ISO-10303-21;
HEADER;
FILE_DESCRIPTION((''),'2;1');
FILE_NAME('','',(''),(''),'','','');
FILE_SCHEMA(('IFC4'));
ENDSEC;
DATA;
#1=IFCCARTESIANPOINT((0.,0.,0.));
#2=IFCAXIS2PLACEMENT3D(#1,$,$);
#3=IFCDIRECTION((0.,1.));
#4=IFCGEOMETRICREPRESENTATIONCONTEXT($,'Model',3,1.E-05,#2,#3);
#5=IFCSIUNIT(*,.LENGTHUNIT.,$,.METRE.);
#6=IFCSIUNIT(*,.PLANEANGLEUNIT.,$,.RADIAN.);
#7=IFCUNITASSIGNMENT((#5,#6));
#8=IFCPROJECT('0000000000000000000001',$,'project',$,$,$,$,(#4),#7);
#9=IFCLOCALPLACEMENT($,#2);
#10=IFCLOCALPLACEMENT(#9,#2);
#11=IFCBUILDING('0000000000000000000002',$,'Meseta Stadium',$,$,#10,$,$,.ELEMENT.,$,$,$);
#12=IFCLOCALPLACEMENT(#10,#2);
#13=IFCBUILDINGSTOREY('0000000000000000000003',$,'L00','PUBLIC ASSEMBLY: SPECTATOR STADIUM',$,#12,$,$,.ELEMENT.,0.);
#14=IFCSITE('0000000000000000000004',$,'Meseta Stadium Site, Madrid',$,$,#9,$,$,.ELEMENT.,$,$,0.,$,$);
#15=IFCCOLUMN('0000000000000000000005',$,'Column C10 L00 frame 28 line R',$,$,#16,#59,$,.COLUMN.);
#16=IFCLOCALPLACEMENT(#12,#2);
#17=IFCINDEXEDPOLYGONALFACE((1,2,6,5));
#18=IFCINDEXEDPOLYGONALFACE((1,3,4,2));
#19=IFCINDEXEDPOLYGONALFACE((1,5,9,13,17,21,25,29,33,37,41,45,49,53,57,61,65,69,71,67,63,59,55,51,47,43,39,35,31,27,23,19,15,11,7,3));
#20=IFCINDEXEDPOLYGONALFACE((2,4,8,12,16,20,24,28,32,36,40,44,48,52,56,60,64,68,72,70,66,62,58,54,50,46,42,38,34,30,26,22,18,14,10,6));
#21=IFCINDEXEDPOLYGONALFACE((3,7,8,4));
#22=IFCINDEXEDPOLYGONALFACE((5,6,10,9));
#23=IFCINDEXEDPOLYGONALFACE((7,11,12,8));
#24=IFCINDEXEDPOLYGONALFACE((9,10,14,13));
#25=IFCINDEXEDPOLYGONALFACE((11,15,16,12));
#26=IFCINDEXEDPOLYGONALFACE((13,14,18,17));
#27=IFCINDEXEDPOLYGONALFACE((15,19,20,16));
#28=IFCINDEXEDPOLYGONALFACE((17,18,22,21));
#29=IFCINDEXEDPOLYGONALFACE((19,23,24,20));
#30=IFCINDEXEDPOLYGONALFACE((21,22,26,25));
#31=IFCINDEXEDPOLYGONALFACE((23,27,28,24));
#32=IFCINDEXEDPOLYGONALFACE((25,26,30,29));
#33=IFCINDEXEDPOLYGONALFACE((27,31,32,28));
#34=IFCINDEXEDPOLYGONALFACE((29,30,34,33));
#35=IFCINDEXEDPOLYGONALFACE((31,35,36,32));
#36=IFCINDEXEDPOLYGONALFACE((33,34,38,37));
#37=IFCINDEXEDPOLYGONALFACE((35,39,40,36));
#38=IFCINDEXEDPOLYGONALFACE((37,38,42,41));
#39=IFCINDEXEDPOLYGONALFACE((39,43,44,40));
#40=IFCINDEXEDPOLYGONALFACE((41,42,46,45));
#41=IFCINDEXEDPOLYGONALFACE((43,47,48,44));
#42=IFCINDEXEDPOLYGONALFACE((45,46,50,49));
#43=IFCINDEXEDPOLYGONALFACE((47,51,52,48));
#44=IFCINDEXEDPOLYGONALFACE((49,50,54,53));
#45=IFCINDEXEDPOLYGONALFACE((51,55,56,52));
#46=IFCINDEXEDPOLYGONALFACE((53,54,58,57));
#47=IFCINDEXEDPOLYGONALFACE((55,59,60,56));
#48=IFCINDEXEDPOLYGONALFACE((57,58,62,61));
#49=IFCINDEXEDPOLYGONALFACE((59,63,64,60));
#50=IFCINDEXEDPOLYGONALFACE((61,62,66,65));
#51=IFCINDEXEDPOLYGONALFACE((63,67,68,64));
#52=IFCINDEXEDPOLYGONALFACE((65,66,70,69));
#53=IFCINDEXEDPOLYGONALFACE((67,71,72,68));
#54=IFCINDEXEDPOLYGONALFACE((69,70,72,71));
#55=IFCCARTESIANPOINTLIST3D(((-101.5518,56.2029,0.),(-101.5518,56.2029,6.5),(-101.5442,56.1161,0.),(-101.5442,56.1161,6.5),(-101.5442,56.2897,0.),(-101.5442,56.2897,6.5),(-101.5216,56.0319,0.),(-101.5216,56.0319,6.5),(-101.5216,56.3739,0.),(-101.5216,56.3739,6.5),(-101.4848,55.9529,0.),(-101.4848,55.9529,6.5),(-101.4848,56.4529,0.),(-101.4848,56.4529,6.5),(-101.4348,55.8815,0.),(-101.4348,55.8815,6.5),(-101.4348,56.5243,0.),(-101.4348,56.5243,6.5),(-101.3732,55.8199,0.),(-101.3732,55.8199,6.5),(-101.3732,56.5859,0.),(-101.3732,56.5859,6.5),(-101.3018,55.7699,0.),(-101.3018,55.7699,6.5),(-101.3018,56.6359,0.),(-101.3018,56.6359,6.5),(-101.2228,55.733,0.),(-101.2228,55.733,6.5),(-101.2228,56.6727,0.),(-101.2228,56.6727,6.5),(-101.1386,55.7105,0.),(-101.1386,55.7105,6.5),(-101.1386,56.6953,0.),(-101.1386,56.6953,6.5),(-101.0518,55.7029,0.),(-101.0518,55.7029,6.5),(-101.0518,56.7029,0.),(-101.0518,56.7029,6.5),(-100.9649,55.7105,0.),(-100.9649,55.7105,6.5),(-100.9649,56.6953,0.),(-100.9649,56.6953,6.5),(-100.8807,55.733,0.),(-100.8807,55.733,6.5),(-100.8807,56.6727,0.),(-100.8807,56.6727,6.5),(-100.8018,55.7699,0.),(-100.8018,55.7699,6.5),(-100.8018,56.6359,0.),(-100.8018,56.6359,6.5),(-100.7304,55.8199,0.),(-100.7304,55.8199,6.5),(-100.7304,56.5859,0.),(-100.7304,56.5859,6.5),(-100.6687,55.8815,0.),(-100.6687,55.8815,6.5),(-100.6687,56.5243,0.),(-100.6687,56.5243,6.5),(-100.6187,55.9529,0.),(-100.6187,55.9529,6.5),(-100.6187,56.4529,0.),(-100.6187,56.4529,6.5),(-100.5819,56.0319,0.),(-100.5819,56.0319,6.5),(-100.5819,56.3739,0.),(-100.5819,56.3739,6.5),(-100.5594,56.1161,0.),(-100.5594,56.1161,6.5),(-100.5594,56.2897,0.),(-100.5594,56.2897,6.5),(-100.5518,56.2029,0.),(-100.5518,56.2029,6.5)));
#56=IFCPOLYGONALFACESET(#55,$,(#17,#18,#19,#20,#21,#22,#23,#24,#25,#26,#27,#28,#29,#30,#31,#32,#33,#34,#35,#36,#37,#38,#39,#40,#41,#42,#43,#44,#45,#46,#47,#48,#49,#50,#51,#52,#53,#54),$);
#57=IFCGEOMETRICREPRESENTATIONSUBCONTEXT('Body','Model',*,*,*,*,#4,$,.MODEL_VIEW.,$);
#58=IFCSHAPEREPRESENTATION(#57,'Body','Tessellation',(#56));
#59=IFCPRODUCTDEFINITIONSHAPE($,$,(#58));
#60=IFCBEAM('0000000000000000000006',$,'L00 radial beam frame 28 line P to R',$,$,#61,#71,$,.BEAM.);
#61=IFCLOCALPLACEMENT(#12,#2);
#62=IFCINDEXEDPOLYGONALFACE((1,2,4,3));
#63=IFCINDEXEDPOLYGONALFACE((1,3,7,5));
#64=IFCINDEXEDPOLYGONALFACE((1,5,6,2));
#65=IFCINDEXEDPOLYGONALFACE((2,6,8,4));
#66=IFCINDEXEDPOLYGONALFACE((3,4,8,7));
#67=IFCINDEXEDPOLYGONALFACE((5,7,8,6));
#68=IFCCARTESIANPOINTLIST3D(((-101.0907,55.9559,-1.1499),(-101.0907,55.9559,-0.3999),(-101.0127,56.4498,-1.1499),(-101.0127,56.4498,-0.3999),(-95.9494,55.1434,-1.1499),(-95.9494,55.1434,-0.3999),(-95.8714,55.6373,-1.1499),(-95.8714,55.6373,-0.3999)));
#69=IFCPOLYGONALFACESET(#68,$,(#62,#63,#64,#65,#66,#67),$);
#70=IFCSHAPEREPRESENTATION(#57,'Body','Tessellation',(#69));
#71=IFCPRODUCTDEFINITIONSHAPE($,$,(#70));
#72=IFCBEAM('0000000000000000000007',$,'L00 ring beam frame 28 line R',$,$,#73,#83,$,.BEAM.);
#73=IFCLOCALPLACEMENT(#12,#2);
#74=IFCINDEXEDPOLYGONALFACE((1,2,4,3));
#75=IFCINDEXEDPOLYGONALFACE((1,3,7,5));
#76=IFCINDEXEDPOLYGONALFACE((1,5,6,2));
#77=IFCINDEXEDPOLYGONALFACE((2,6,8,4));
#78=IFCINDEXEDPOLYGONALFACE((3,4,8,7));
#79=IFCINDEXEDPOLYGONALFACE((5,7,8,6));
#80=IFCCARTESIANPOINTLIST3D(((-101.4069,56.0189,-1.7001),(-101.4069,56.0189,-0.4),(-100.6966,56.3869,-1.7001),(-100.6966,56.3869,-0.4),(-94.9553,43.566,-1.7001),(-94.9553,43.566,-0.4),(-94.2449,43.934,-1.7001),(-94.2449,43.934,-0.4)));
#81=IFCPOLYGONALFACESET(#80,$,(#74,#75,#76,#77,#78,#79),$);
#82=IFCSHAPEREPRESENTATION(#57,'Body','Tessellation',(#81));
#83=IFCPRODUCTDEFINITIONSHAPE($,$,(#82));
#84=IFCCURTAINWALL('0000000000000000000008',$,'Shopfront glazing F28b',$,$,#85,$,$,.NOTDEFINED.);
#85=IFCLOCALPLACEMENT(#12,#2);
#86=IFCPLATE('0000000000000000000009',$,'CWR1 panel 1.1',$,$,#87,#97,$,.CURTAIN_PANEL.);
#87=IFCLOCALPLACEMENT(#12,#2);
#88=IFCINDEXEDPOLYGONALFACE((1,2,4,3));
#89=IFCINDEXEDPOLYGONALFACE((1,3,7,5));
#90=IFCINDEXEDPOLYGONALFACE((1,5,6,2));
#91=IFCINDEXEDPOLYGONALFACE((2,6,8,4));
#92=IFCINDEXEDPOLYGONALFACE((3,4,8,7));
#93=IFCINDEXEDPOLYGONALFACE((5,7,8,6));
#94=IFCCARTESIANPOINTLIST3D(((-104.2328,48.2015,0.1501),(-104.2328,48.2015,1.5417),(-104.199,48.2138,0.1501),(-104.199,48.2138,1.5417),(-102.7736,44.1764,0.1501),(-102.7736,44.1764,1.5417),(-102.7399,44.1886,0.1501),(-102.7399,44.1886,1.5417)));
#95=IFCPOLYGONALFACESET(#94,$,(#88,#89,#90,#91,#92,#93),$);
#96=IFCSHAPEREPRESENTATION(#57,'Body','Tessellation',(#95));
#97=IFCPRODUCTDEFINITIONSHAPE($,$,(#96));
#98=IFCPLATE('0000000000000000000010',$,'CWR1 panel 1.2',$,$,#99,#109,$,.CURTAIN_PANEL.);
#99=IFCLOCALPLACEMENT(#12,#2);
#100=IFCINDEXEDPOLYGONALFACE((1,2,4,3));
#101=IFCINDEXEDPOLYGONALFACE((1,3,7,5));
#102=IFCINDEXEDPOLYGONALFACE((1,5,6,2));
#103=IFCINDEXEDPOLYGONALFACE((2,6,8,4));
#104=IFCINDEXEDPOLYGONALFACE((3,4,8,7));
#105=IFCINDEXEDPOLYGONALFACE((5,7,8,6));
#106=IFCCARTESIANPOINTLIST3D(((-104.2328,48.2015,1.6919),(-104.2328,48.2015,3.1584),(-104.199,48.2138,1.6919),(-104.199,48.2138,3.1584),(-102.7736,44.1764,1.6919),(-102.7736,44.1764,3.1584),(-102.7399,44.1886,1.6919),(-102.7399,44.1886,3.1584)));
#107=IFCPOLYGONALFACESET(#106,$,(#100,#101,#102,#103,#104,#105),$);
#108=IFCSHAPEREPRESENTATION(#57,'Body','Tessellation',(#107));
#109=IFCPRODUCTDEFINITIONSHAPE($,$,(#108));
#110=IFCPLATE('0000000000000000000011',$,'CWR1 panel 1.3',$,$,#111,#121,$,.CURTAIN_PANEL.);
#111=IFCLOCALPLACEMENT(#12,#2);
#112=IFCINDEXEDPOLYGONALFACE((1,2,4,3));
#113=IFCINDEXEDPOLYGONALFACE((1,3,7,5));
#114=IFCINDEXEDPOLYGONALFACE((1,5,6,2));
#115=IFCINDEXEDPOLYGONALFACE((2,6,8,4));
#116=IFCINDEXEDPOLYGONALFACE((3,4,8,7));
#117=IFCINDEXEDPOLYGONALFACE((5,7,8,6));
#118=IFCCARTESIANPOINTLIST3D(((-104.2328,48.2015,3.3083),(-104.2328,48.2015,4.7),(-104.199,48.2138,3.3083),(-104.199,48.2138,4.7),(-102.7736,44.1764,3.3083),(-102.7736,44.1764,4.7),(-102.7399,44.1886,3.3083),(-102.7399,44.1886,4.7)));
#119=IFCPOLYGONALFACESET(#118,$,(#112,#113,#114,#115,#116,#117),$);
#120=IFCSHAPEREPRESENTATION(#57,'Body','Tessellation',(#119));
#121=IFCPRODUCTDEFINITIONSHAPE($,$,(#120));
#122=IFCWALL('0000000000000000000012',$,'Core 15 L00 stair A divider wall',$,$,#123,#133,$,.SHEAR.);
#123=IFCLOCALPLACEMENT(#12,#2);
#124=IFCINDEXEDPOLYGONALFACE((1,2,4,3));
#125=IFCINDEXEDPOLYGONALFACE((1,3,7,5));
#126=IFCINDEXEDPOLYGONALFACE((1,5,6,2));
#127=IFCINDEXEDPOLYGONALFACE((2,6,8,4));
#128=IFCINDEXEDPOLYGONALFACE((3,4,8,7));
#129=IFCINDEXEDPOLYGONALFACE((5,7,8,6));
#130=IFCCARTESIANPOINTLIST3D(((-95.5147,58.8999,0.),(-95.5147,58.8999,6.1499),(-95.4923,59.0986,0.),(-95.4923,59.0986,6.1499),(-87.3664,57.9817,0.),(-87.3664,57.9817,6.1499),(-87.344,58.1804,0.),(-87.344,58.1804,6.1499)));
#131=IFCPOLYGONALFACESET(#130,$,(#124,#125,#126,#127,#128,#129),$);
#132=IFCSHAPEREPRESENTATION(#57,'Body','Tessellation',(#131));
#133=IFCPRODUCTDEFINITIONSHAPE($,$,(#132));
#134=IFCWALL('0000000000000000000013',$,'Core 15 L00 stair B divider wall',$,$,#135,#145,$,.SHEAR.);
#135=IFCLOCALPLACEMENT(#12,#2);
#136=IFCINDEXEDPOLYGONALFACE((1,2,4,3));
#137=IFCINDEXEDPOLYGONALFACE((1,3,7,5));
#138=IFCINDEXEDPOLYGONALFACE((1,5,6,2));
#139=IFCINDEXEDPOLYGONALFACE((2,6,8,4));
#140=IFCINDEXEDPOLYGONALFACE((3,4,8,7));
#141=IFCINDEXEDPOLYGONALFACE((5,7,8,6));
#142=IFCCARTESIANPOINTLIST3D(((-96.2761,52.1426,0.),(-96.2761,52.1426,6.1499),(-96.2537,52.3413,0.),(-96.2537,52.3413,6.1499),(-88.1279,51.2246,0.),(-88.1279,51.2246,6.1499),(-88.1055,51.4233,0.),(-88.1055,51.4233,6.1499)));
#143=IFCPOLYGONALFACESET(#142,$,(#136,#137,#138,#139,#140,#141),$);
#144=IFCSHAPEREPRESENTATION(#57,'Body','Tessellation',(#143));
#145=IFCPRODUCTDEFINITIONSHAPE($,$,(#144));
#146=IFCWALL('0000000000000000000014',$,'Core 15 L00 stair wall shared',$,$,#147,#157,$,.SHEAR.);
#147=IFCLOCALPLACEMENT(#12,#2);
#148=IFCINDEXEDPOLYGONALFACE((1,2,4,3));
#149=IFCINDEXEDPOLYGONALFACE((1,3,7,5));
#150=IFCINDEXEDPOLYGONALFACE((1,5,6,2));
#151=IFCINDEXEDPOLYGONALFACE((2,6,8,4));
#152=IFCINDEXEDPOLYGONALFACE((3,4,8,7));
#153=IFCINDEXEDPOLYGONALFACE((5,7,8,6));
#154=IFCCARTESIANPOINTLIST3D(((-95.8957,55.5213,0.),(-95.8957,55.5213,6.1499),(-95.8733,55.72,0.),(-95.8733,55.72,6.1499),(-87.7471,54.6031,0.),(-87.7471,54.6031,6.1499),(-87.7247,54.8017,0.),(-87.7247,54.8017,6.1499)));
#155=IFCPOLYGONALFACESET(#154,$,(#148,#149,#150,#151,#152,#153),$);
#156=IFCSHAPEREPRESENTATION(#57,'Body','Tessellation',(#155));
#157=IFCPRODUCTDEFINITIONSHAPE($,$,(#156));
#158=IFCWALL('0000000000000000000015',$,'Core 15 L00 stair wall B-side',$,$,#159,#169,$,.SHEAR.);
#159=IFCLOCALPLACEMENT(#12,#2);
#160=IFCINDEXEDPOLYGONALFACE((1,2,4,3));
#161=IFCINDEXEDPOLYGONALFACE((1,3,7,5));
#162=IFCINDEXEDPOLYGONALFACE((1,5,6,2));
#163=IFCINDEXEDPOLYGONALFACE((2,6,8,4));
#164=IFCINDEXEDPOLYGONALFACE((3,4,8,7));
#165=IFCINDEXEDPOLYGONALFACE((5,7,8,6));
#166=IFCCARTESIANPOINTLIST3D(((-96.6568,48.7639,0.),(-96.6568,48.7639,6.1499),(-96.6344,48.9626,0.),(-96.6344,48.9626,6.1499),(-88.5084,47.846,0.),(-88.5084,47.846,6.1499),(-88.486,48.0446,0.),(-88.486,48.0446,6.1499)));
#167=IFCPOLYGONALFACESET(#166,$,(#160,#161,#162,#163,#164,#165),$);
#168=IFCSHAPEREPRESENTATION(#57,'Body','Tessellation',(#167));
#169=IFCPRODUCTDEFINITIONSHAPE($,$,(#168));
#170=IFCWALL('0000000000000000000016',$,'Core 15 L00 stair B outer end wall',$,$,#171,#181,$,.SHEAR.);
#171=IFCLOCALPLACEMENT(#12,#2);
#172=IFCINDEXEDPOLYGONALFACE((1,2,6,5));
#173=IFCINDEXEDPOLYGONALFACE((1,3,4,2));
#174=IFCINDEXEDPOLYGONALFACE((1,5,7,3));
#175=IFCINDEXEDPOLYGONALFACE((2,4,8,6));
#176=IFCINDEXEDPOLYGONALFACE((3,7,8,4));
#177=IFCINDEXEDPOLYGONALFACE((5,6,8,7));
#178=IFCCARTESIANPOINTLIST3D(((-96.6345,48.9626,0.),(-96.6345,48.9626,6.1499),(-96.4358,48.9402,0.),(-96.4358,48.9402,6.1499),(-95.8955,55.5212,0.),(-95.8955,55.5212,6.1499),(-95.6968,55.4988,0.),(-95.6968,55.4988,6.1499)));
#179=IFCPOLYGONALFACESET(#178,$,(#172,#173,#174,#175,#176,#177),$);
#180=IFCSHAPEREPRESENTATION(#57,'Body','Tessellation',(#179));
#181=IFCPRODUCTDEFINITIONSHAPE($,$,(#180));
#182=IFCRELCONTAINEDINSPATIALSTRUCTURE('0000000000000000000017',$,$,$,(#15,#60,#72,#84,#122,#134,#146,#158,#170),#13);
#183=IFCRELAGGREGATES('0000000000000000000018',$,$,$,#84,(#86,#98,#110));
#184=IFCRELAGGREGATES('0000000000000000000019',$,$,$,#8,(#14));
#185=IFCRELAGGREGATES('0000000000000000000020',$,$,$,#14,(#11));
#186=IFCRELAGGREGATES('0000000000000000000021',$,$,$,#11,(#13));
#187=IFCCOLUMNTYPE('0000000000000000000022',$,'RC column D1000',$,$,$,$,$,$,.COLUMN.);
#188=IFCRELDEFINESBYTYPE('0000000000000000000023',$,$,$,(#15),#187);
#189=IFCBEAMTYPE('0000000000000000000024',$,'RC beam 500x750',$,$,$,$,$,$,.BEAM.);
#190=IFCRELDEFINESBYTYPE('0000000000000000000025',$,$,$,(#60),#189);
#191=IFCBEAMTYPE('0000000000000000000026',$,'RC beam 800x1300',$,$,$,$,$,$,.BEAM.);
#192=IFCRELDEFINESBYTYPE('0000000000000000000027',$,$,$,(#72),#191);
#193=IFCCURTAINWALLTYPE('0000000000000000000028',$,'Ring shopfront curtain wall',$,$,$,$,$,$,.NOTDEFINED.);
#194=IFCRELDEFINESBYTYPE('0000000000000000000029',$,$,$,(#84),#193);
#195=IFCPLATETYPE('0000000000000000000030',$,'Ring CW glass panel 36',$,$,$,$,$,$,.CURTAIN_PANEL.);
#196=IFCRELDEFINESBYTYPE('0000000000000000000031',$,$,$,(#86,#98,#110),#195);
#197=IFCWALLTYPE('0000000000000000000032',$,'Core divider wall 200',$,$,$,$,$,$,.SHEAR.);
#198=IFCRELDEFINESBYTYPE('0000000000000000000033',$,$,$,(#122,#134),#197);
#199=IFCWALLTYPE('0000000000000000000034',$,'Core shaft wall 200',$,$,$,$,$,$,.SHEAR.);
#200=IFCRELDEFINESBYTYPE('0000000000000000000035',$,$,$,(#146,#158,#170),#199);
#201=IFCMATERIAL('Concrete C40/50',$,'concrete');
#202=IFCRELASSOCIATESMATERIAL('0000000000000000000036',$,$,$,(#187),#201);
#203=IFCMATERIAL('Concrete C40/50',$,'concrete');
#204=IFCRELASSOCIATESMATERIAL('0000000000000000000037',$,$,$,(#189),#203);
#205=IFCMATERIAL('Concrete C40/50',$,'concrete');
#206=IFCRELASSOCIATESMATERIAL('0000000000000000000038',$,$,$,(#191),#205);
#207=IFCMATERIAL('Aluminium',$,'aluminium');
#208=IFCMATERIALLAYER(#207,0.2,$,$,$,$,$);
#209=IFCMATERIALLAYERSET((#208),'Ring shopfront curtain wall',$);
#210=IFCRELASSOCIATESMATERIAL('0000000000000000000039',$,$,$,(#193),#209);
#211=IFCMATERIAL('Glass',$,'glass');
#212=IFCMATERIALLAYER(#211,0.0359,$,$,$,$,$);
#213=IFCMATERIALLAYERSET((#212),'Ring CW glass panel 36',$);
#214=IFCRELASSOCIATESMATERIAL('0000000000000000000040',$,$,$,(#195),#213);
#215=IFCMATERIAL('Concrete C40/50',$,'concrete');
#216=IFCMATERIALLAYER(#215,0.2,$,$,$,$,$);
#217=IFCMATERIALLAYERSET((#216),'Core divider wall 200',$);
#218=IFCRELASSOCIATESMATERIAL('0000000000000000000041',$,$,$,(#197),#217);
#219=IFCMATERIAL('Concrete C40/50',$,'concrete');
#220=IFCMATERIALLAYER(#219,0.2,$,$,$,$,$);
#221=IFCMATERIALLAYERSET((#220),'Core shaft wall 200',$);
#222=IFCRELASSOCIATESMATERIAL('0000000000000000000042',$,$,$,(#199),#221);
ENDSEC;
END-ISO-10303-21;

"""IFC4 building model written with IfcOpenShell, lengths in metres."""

from ifc_helpers import new_model, si_unit, direction, frame, frame_2d, origin, origin_2d, place, context, subcontext, project, spatial, rectangle, circle, extrude, material, layer, layer_set, material_profile, profile_set, type_object, element, aggregate, save


model = new_model("IFC4")

# Units and contexts
model_context = context("Model", 3, precision=1e-05, world=origin(), true_north=direction((0.0, 1.0)))
body_context = subcontext(model_context, "Body", "Model", "MODEL_VIEW")
ifc_project = project(units=[si_unit("LENGTHUNIT", "METRE"), si_unit("PLANEANGLEUNIT", "RADIAN")], contexts=[model_context])

# Site, building, storey
site_placement = place(None, origin())
site = spatial("IfcSite", under=ifc_project, at=site_placement, Name="Meseta Stadium Site, Madrid", CompositionType="ELEMENT", RefElevation=0.0)
building_placement = place(site_placement, origin())
building = spatial("IfcBuilding", under=site, at=building_placement, Name="Meseta Stadium", CompositionType="ELEMENT")
storey_placement = place(building_placement, origin())
storey = spatial("IfcBuildingStorey", under=building, at=storey_placement, Name="L00", Description="PUBLIC ASSEMBLY: SPECTATOR STADIUM", CompositionType="ELEMENT", Elevation=0.0)

# Column
ifc_material_1 = material(Name="Concrete C40/50", Category="concrete")
ifc_material_profile_1 = material_profile(ifc_material_1, circle(Radius=0.5, at=origin_2d()), Name="RC D1000")
ifc_profile_set_1 = profile_set([ifc_material_profile_1], Name="Concrete C40/50")
column_type = type_object("IfcColumnType", Name="RC column D1000", PredefinedType="COLUMN", material=ifc_profile_set_1)
column_placement = place(storey_placement, frame((-101.0518, 56.2029, 0.0), z_axis=(0.0, 0.0, 1.0), x_axis=(1.0, 0.0, 0.0)))
element("IfcColumn", 1, at=column_placement, inside=storey, type_object=column_type, Name="Column C10 L00 frame 28 line R", PredefinedType="COLUMN", context=body_context, shape_type="SweptSolid", body=[
    extrude(circle(Radius=0.5, at=origin_2d()), origin(), (0.0, 0.0, 1.0), 6.5),
])

# Beams
ifc_material_2 = material(Name="Concrete C40/50", Category="concrete")
ifc_material_profile_2 = material_profile(ifc_material_2, rectangle(XDim=0.5, YDim=0.75, at=origin_2d()), Name="RC 500x750")
ifc_profile_set_2 = profile_set([ifc_material_profile_2], Name="Concrete C40/50")
beam_type_1 = type_object("IfcBeamType", Name="RC beam 500x750", PredefinedType="BEAM", material=ifc_profile_set_2)
beam_1_placement = place(storey_placement, frame((-95.9104, 55.3904, -0.7749), z_axis=(-0.987742, 0.156095, 0.0), x_axis=(-0.156095, -0.987742, 0.0)))
element("IfcBeam", 2, at=beam_1_placement, inside=storey, type_object=beam_type_1, Name="L00 radial beam frame 28 line P to R", PredefinedType="BEAM", context=body_context, shape_type="SweptSolid", body=[
    extrude(rectangle(XDim=0.5, YDim=0.75, at=origin_2d()), origin(), (0.0, 0.0, 1.0), 5.2051),
])
ifc_material_3 = material(Name="Concrete C40/50", Category="concrete")
ifc_material_profile_3 = material_profile(ifc_material_3, rectangle(XDim=0.8, YDim=1.3, at=origin_2d()), Name="RC 800x1300")
ifc_profile_set_3 = profile_set([ifc_material_profile_3], Name="Concrete C40/50")
beam_type_2 = type_object("IfcBeamType", Name="RC beam 800x1300", PredefinedType="BEAM", material=ifc_profile_set_3)
beam_2_placement = place(storey_placement, frame((-101.0518, 56.2029, -1.05), z_axis=(0.460014, -0.887912, 0.0), x_axis=(0.887912, 0.460014, 0.0)))
element("IfcBeam", 3, at=beam_2_placement, inside=storey, type_object=beam_type_2, Name="L00 ring beam frame 28 line R", PredefinedType="BEAM", context=body_context, shape_type="SweptSolid", body=[
    extrude(rectangle(XDim=0.8, YDim=1.3, at=origin_2d()), origin(), (0.0, 0.0, 1.0), 14.0249),
])

# Curtain wall, plates
ifc_material_4 = material(Name="Aluminium", Category="aluminium")
ifc_layer_1 = layer(ifc_material_4, 0.2)
ifc_layer_set_1 = layer_set([ifc_layer_1], Name="Ring shopfront curtain wall")
curtain_wall_type = type_object("IfcCurtainWallType", Name="Ring shopfront curtain wall", PredefinedType="NOTDEFINED", material=ifc_layer_set_1)
curtain_wall_placement = place(storey_placement, origin())
curtain_wall = element("IfcCurtainWall", 4, at=curtain_wall_placement, inside=storey, type_object=curtain_wall_type, Name="Shopfront glazing F28b", PredefinedType="NOTDEFINED")
ifc_material_5 = material(Name="Glass", Category="glass")
ifc_layer_2 = layer(ifc_material_5, 0.0359)
ifc_layer_set_2 = layer_set([ifc_layer_2], Name="Ring CW glass panel 36")
plate_type = type_object("IfcPlateType", Name="Ring CW glass panel 36", PredefinedType="CURTAIN_PANEL", material=ifc_layer_set_2)
plate_1_placement = place(storey_placement, frame((-103.4863, 46.1951, 0.1501), z_axis=(0.0, 0.0, 1.0), x_axis=(0.340807, -0.940133, 0.0)))
plate_1 = element("IfcPlate", 5, at=plate_1_placement, type_object=plate_type, Name="CWR1 panel 1.1", PredefinedType="CURTAIN_PANEL", context=body_context, shape_type="SweptSolid", body=[
    extrude(rectangle(XDim=4.2815, YDim=0.0359, at=origin_2d()), origin(), (0.0, 0.0, 1.0), 1.3916),
])
plate_2_placement = place(storey_placement, frame((-103.4863, 46.1951, 1.6919), z_axis=(0.0, 0.0, 1.0), x_axis=(0.340807, -0.940133, 0.0)))
plate_2 = element("IfcPlate", 6, at=plate_2_placement, type_object=plate_type, Name="CWR1 panel 1.2", PredefinedType="CURTAIN_PANEL", context=body_context, shape_type="SweptSolid", body=[
    extrude(rectangle(XDim=4.2815, YDim=0.0359, at=origin_2d()), origin(), (0.0, 0.0, 1.0), 1.4666),
])
plate_3_placement = place(storey_placement, frame((-103.4863, 46.1951, 3.3083), z_axis=(0.0, 0.0, 1.0), x_axis=(0.340807, -0.940133, 0.0)))
plate_3 = element("IfcPlate", 7, at=plate_3_placement, type_object=plate_type, Name="CWR1 panel 1.3", PredefinedType="CURTAIN_PANEL", context=body_context, shape_type="SweptSolid", body=[
    extrude(rectangle(XDim=4.2815, YDim=0.0359, at=origin_2d()), origin(), (0.0, 0.0, 1.0), 1.3916),
])
aggregate(curtain_wall, [plate_1, plate_2, plate_3])

# Walls
ifc_material_6 = material(Name="Concrete C40/50", Category="concrete")
ifc_layer_3 = layer(ifc_material_6, 0.2)
ifc_layer_set_3 = layer_set([ifc_layer_3], Name="Core divider wall 200")
wall_type_1 = type_object("IfcWallType", Name="Core divider wall 200", PredefinedType="SHEAR", material=ifc_layer_set_3)
wall_1_placement = place(storey_placement, frame((-95.5037, 58.9993, 0.0), z_axis=(0.0, 0.0, 1.0), x_axis=(0.993711, -0.111977, 0.0)))
element("IfcWall", 8, at=wall_1_placement, inside=storey, type_object=wall_type_1, Name="Core 15 L00 stair A divider wall", PredefinedType="SHEAR", context=body_context, shape_type="SweptSolid", body=[
    extrude(rectangle(XDim=8.2, YDim=0.2, at=frame_2d((4.1001, 0.0))), origin(), (0.0, 0.0, 1.0), 6.1499),
])
wall_2_placement = place(storey_placement, frame((-96.2649, 52.2419, 0.0), z_axis=(0.0, 0.0, 1.0), x_axis=(0.993714, -0.111951, 0.0)))
element("IfcWall", 9, at=wall_2_placement, inside=storey, type_object=wall_type_1, Name="Core 15 L00 stair B divider wall", PredefinedType="SHEAR", context=body_context, shape_type="SweptSolid", body=[
    extrude(rectangle(XDim=8.1997, YDim=0.2, at=frame_2d((4.0999, 0.0))), origin(), (0.0, 0.0, 1.0), 6.1499),
])
ifc_material_7 = material(Name="Concrete C40/50", Category="concrete")
ifc_layer_4 = layer(ifc_material_7, 0.2)
ifc_layer_set_4 = layer_set([ifc_layer_4], Name="Core shaft wall 200")
wall_type_2 = type_object("IfcWallType", Name="Core shaft wall 200", PredefinedType="SHEAR", material=ifc_layer_set_4)
wall_3_placement = place(storey_placement, frame((-95.8845, 55.6206, 0.0), z_axis=(0.0, 0.0, 1.0), x_axis=(0.993711, -0.111974, 0.0)))
element("IfcWall", 10, at=wall_3_placement, inside=storey, type_object=wall_type_2, Name="Core 15 L00 stair wall shared", PredefinedType="SHEAR", context=body_context, shape_type="SweptSolid", body=[
    extrude(rectangle(XDim=8.2002, YDim=0.2, at=frame_2d((4.1001, 0.0))), origin(), (0.0, 0.0, 1.0), 6.1499),
])
wall_4_placement = place(storey_placement, frame((-96.6458, 48.8633, 0.0), z_axis=(0.0, 0.0, 1.0), x_axis=(0.993714, -0.111948, 0.0)))
element("IfcWall", 11, at=wall_4_placement, inside=storey, type_object=wall_type_2, Name="Core 15 L00 stair wall B-side", PredefinedType="SHEAR", context=body_context, shape_type="SweptSolid", body=[
    extrude(rectangle(XDim=8.2, YDim=0.2, at=frame_2d((4.1001, 0.0))), origin(), (0.0, 0.0, 1.0), 6.1499),
])
wall_5_placement = place(storey_placement, frame((-95.7961, 55.51, 0.0), z_axis=(0.0, 0.0, 1.0), x_axis=(-0.11197, -0.993712, 0.0)))
element("IfcWall", 12, at=wall_5_placement, inside=storey, type_object=wall_type_2, Name="Core 15 L00 stair B outer end wall", PredefinedType="SHEAR", context=body_context, shape_type="SweptSolid", body=[
    extrude(rectangle(XDim=6.6001, YDim=0.2, at=frame_2d((3.3, 0.0))), origin(), (0.0, 0.0, 1.0), 6.1499),
])

save(model, "model.ifc")
